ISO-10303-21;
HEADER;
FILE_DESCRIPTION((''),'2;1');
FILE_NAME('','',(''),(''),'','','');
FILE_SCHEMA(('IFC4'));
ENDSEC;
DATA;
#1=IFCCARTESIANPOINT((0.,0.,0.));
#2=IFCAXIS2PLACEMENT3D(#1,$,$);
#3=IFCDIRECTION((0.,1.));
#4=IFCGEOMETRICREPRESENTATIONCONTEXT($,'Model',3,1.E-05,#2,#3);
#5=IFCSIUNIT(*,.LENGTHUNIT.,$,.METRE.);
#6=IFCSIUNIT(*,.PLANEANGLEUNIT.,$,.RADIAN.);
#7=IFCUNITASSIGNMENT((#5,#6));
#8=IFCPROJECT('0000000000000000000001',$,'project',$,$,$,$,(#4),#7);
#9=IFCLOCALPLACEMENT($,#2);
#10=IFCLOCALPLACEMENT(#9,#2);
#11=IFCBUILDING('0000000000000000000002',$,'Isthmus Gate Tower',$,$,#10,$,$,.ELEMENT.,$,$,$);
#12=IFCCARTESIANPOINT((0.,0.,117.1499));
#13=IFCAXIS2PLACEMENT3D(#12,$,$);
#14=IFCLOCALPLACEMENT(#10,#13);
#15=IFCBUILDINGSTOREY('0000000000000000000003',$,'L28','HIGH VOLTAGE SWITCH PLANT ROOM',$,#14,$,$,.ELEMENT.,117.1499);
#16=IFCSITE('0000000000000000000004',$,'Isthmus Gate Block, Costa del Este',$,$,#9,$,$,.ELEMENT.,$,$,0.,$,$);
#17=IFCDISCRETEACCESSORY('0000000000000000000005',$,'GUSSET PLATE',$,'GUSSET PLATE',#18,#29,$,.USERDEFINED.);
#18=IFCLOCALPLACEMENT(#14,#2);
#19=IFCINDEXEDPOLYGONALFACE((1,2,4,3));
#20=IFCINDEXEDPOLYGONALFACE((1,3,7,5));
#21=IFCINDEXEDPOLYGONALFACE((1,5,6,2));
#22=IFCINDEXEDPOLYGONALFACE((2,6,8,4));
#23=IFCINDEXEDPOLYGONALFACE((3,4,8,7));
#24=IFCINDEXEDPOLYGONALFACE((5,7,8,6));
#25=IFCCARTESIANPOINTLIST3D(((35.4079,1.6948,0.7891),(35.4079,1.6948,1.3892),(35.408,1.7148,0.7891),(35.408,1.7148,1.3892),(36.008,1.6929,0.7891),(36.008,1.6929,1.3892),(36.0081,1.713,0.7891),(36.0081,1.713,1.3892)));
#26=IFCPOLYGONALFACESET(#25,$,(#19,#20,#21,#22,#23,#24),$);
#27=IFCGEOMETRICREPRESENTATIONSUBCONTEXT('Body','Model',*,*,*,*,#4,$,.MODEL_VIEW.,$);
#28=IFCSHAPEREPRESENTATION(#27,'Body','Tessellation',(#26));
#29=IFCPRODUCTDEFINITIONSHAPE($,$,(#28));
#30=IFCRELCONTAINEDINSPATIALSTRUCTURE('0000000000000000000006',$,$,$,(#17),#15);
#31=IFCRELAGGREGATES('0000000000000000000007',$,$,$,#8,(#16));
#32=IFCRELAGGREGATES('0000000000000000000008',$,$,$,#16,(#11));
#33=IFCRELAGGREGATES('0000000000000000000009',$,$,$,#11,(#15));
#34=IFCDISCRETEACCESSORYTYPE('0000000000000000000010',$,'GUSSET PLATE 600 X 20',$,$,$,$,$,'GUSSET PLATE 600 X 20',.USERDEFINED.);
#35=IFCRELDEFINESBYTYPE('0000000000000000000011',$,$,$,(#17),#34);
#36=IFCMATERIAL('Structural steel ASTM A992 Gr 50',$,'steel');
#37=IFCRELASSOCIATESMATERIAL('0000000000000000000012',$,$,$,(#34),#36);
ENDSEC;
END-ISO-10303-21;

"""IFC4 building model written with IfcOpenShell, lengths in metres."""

from ifc_helpers import new_model, si_unit, direction, frame, origin, origin_2d, place, context, subcontext, project, spatial, rectangle, extrude, material, type_object, element, save


model = new_model("IFC4")

# Units and contexts
model_context = context("Model", 3, precision=1e-05, world=origin(), true_north=direction((0.0, 1.0)))
body_context = subcontext(model_context, "Body", "Model", "MODEL_VIEW")
ifc_project = project(units=[si_unit("LENGTHUNIT", "METRE"), si_unit("PLANEANGLEUNIT", "RADIAN")], contexts=[model_context])

# Site, building, storey
site_placement = place(None, origin())
site = spatial("IfcSite", under=ifc_project, at=site_placement, Name="Isthmus Gate Block, Costa del Este", CompositionType="ELEMENT", RefElevation=0.0)
building_placement = place(site_placement, origin())
building = spatial("IfcBuilding", under=site, at=building_placement, Name="Isthmus Gate Tower", CompositionType="ELEMENT")
storey_placement = place(building_placement, frame((0.0, 0.0, 117.1499)))
storey = spatial("IfcBuildingStorey", under=building, at=storey_placement, Name="L28", Description="HIGH VOLTAGE SWITCH PLANT ROOM", CompositionType="ELEMENT", Elevation=117.1499)

# Discrete accessory
ifc_material_1 = material(Name="Structural steel ASTM A992 Gr 50", Category="steel")
discrete_accessory_type_1 = type_object("IfcDiscreteAccessoryType", Name="GUSSET PLATE 600 X 20", ElementType="GUSSET PLATE 600 X 20", PredefinedType="USERDEFINED", material=ifc_material_1)
for number, where, z_axis, x_axis, name in (
    (1, (35.708, 1.7039, 0.7891), (0.0, 0.0, 1.0), (-0.999995, 0.003049, 0.0), "GUSSET PLATE"),
):
    element("IfcDiscreteAccessory", number, at=place(storey_placement, frame(where, z_axis=z_axis, x_axis=x_axis)), inside=storey, type_object=discrete_accessory_type_1, Name=name, ObjectType="GUSSET PLATE", PredefinedType="USERDEFINED", context=body_context, shape_type="SweptSolid", body=[
        extrude(rectangle(XDim=0.6001, YDim=0.02, at=origin_2d()), origin(), (0.0, 0.0, 1.0), 0.6001),
    ])

save(model, "model.ifc")
